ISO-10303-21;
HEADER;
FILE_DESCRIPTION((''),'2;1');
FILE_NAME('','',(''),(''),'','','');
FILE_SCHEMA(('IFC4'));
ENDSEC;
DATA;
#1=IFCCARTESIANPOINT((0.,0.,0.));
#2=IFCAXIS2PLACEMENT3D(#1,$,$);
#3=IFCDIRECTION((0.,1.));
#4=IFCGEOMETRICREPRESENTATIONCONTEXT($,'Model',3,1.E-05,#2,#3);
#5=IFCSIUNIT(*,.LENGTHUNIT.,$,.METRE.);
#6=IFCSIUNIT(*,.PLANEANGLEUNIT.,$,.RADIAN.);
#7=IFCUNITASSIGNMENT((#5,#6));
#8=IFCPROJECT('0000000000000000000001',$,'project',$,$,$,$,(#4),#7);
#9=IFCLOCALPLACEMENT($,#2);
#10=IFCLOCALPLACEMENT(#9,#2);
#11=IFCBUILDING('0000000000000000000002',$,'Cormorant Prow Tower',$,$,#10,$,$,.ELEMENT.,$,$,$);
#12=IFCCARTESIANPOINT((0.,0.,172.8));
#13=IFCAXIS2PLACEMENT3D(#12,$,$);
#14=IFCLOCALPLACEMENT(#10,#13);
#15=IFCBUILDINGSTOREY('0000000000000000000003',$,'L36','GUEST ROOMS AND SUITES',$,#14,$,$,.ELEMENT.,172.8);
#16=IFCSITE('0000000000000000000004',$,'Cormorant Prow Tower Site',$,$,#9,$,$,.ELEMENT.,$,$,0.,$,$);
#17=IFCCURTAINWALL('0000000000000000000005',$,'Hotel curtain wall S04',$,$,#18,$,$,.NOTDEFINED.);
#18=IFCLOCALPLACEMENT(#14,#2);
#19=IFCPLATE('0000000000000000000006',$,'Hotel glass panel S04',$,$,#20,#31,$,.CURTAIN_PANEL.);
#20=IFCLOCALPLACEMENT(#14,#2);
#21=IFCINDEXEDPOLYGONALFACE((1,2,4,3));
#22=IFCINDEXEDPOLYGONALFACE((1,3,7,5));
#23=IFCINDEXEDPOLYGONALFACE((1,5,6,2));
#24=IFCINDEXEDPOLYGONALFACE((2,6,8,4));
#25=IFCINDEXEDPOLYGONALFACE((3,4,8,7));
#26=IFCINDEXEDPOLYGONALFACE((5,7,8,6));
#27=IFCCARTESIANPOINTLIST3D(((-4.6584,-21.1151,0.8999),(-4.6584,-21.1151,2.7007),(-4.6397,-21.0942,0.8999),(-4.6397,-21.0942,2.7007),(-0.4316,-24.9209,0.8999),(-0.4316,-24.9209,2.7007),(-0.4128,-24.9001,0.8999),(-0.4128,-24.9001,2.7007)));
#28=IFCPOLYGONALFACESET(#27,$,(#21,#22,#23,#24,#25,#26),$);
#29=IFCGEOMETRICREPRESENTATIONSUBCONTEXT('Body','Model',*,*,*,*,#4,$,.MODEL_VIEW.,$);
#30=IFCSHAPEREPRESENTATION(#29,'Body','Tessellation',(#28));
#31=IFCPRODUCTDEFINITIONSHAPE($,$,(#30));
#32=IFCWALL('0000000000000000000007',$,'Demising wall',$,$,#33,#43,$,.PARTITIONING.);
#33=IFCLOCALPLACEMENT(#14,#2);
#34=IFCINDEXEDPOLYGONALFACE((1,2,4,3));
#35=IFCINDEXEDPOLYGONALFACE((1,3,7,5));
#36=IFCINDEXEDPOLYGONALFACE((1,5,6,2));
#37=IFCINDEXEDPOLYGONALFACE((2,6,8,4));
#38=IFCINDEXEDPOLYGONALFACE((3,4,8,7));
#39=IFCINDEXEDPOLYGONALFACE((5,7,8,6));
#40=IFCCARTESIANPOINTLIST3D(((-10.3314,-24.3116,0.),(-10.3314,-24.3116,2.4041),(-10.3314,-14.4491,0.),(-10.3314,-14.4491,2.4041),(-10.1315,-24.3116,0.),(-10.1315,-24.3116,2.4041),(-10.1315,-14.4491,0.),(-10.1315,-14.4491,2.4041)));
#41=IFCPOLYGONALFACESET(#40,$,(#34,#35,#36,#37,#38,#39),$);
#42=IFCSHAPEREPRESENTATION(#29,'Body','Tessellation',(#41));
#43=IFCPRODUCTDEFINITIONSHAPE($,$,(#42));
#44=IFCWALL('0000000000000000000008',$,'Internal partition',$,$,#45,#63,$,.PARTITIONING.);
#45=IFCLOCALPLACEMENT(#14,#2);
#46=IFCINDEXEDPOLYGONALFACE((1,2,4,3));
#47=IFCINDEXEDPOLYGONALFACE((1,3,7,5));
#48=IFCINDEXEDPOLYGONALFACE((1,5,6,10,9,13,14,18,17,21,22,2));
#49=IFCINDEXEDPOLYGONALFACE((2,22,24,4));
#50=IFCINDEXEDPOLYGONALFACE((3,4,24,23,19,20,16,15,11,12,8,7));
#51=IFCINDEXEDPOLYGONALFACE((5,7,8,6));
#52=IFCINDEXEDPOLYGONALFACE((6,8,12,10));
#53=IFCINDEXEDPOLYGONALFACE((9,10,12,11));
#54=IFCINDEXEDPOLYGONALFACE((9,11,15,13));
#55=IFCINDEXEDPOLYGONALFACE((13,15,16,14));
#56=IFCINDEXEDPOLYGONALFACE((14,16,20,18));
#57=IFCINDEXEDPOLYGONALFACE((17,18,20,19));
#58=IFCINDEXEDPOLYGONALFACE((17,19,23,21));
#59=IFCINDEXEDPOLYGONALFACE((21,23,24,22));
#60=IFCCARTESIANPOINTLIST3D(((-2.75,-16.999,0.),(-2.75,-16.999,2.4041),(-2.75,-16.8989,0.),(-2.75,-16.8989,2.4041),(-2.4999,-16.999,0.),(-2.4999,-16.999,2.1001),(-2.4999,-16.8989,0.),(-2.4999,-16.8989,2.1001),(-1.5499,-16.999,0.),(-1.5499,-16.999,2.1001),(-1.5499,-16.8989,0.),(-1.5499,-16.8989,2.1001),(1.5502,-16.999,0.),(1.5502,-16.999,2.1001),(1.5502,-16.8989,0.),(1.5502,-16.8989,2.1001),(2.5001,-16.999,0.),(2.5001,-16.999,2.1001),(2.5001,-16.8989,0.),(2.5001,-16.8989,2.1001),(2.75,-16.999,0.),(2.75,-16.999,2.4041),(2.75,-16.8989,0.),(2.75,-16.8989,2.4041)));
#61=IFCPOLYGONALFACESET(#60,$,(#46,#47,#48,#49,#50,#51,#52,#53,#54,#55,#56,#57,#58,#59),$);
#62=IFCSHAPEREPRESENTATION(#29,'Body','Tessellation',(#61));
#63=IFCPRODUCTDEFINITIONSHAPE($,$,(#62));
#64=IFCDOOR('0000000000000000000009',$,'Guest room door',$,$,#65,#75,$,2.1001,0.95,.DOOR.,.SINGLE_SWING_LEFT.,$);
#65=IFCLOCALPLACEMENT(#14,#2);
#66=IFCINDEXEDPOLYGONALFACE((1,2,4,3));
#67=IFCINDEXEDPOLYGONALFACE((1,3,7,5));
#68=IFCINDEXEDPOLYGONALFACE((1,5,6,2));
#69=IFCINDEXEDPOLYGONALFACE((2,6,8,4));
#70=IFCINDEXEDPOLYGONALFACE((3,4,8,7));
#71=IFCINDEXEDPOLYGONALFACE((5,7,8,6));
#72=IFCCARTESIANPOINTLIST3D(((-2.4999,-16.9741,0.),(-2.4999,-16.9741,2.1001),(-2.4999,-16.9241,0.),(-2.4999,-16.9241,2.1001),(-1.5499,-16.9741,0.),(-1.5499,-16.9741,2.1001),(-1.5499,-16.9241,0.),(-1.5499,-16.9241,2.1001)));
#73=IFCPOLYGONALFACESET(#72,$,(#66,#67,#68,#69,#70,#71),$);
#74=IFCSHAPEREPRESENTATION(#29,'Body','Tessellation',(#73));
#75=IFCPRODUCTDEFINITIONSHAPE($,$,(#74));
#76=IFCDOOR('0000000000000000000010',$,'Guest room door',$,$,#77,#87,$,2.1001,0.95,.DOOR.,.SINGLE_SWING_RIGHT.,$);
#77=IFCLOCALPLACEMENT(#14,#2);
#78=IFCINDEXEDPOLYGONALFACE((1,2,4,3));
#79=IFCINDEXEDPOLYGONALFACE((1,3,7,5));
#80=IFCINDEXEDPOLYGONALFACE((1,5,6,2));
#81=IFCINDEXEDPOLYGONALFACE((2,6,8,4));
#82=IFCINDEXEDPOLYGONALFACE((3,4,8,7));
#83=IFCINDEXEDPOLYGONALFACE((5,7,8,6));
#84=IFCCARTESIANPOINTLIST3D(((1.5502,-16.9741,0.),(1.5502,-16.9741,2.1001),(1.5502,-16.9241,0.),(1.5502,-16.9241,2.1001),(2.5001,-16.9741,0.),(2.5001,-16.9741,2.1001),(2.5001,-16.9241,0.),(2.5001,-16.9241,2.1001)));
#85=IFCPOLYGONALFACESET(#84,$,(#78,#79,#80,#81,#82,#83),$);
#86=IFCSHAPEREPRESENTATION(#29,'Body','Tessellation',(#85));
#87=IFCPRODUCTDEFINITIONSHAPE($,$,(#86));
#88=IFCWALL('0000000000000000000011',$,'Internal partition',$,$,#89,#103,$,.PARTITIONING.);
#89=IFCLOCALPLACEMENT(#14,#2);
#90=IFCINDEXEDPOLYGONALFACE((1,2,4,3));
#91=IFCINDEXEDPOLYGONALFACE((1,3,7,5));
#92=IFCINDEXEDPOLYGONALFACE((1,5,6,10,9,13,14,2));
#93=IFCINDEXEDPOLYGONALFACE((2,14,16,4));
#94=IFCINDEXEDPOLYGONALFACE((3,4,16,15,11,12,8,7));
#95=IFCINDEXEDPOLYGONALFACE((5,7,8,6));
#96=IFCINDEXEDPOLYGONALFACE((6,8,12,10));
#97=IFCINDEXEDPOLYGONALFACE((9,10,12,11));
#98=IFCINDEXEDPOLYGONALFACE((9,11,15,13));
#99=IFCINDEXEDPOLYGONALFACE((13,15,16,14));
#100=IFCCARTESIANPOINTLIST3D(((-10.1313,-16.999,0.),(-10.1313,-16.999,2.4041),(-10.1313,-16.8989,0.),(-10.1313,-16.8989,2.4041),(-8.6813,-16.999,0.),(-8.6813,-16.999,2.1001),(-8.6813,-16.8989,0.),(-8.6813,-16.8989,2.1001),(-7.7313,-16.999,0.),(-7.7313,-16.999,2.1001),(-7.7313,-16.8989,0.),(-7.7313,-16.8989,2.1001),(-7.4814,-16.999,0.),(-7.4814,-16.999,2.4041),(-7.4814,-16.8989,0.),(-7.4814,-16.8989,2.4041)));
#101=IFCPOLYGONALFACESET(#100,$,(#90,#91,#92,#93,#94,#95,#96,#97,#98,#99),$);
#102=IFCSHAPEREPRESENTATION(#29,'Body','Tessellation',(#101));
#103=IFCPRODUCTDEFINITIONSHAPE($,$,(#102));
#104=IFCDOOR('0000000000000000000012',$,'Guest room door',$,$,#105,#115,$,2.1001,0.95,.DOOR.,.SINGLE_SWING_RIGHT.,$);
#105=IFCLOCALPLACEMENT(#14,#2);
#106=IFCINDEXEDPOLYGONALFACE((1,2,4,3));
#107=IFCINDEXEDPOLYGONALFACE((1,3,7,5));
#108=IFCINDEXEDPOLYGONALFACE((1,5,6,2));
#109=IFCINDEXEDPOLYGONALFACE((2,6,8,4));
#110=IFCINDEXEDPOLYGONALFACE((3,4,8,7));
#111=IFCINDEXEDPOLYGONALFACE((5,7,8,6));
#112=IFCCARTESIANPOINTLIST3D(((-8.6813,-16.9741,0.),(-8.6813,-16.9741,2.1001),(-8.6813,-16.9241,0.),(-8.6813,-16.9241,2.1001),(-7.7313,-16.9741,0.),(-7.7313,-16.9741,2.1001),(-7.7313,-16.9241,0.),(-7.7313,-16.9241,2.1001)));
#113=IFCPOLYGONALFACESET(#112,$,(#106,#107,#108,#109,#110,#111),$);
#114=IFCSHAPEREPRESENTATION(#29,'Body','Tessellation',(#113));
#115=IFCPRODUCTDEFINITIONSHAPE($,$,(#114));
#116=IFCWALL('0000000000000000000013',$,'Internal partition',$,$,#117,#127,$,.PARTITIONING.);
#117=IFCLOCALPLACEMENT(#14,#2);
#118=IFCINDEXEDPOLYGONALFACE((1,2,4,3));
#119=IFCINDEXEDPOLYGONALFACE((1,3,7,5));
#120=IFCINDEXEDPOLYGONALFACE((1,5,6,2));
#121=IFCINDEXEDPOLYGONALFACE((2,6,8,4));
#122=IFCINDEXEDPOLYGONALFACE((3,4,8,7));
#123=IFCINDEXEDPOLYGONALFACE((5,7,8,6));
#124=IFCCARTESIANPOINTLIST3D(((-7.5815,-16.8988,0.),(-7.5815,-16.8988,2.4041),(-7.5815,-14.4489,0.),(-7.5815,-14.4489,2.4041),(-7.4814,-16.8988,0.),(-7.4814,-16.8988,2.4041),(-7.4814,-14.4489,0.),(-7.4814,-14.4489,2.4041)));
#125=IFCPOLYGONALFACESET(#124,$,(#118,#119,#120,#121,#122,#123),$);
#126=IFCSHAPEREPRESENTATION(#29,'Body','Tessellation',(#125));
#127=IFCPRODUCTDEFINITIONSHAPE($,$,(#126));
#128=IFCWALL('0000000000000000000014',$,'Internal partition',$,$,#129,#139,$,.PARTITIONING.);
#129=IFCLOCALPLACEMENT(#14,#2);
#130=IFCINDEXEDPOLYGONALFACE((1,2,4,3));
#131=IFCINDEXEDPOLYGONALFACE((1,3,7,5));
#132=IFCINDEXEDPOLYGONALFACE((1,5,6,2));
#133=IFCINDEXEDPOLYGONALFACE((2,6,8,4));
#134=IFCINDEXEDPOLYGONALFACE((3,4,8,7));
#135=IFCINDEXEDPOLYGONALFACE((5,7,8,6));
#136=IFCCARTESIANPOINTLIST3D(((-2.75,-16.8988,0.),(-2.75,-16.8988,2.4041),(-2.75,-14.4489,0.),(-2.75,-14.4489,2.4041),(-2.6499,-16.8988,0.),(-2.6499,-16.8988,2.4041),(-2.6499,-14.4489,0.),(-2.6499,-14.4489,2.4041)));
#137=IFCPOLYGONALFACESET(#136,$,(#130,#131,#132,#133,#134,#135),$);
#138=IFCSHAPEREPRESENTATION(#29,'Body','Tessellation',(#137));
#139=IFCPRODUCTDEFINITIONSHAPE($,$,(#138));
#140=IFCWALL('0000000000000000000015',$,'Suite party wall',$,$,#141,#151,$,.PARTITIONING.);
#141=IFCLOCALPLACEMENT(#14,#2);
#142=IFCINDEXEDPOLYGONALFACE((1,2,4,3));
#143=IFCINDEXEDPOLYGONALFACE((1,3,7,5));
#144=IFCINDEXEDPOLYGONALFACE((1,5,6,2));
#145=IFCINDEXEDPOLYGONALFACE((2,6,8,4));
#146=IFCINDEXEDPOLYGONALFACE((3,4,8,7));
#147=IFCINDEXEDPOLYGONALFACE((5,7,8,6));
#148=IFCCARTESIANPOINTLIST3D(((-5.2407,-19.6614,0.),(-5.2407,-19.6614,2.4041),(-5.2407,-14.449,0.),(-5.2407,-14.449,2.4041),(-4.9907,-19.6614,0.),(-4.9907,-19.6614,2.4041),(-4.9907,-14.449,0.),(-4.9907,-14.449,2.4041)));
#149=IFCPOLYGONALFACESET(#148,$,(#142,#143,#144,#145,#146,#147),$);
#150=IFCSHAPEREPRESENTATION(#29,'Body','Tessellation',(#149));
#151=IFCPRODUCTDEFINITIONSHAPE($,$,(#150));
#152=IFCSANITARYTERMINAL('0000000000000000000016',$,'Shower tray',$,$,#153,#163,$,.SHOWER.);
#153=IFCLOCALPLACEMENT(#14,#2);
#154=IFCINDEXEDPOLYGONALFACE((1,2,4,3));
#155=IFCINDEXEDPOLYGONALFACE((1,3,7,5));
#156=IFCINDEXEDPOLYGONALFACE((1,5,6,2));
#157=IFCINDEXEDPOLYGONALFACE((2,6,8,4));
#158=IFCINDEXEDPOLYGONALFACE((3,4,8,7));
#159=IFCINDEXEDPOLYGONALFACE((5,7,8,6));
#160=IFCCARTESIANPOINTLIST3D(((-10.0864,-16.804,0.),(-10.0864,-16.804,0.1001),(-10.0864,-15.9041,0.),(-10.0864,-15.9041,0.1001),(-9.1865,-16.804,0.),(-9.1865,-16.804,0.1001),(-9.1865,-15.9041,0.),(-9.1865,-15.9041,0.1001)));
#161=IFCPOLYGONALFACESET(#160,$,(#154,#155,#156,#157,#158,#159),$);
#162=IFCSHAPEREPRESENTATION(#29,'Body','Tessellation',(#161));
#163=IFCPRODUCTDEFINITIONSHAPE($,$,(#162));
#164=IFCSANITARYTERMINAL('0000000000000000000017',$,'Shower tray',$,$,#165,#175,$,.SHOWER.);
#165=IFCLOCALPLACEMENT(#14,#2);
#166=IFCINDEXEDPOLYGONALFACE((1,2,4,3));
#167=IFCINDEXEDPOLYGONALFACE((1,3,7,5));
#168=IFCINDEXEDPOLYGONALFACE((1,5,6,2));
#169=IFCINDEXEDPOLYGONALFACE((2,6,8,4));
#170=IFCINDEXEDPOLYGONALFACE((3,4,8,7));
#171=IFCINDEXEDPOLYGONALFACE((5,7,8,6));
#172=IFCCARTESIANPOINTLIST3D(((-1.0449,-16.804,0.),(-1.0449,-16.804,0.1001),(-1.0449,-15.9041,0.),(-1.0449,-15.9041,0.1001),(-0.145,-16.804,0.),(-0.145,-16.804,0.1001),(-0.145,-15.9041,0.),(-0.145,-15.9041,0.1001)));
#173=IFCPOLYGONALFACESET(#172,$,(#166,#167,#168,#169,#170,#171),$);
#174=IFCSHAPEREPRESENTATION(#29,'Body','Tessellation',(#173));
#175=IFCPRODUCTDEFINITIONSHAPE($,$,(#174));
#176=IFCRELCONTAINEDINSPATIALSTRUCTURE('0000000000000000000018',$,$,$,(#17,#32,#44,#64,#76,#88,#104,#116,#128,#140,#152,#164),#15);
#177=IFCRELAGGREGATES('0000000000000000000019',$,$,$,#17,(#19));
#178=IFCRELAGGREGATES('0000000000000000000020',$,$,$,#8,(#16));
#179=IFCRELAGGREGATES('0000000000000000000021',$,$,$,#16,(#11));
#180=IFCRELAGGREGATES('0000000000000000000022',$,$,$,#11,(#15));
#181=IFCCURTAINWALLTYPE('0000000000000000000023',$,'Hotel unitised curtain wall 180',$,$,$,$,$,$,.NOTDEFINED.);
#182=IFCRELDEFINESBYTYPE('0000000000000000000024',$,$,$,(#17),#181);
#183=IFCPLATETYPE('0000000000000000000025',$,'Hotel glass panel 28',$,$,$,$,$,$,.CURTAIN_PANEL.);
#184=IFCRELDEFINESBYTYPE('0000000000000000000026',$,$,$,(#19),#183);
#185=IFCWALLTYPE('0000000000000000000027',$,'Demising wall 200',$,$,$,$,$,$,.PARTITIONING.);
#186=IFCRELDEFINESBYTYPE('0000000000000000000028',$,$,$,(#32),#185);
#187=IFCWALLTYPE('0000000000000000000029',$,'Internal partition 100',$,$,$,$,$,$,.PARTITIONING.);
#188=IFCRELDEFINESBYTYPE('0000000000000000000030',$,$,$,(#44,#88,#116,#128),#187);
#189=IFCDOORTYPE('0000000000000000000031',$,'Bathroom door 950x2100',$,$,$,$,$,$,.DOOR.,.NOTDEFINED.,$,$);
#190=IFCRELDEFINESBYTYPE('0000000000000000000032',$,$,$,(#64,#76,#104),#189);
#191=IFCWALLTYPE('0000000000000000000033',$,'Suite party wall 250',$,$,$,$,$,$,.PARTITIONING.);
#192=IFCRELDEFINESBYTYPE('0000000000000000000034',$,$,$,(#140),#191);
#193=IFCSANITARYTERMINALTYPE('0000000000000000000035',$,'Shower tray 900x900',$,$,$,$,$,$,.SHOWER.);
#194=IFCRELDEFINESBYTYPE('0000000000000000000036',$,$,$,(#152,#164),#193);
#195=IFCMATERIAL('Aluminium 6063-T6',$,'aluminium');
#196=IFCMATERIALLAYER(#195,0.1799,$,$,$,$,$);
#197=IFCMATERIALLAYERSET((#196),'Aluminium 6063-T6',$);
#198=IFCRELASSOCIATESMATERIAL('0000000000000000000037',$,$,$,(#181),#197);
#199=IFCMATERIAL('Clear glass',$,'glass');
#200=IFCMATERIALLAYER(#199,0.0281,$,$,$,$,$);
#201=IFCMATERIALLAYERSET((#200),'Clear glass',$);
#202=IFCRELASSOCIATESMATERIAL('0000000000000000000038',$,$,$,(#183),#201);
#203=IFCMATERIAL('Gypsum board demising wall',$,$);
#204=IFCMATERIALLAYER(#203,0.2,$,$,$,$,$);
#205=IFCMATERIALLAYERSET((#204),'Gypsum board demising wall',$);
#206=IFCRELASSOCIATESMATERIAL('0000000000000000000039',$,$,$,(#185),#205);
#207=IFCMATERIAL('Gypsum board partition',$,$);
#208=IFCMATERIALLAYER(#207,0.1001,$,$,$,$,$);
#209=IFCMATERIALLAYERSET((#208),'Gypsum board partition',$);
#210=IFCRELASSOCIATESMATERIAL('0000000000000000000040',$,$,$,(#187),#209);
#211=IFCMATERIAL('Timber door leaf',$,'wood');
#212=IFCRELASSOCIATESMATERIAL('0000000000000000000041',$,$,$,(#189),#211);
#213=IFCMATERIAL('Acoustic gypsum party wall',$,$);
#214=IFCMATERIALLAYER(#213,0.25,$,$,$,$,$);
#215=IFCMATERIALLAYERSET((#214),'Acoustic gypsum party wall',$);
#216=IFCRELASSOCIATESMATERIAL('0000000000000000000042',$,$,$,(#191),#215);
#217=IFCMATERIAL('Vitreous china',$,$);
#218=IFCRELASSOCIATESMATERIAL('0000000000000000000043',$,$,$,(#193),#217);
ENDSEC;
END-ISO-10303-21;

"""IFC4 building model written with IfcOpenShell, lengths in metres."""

from ifc_helpers import new_model, si_unit, direction, frame, frame_2d, origin, origin_2d, place, context, subcontext, project, spatial, rectangle, extrude, material, layer, layer_set, type_object, element, fill, aggregate, save


model = new_model("IFC4")

# Units and contexts
model_context = context("Model", 3, precision=1e-05, world=origin(), true_north=direction((0.0, 1.0)))
body_context = subcontext(model_context, "Body", "Model", "MODEL_VIEW")
ifc_project = project(units=[si_unit("LENGTHUNIT", "METRE"), si_unit("PLANEANGLEUNIT", "RADIAN")], contexts=[model_context])

# Site, building, storey
site_placement = place(None, origin())
site = spatial("IfcSite", under=ifc_project, at=site_placement, Name="Cormorant Prow Tower Site", CompositionType="ELEMENT", RefElevation=0.0)
building_placement = place(site_placement, origin())
building = spatial("IfcBuilding", under=site, at=building_placement, Name="Cormorant Prow Tower", CompositionType="ELEMENT")
storey_placement = place(building_placement, frame((0.0, 0.0, 172.8)))
storey = spatial("IfcBuildingStorey", under=building, at=storey_placement, Name="L36", Description="GUEST ROOMS AND SUITES", CompositionType="ELEMENT", Elevation=172.8)

# Curtain wall
ifc_material_1 = material(Name="Aluminium 6063-T6", Category="aluminium")
ifc_layer_1 = layer(ifc_material_1, 0.1799)
ifc_layer_set_1 = layer_set([ifc_layer_1], Name="Aluminium 6063-T6")
curtain_wall_type = type_object("IfcCurtainWallType", Name="Hotel unitised curtain wall 180", PredefinedType="NOTDEFINED", material=ifc_layer_set_1)
curtain_wall_1_placement = place(storey_placement, origin())
curtain_wall_1 = element("IfcCurtainWall", 1, at=curtain_wall_1_placement, inside=storey, type_object=curtain_wall_type, Name="Hotel curtain wall S04", PredefinedType="NOTDEFINED")

# Plate
ifc_material_2 = material(Name="Clear glass", Category="glass")
ifc_layer_2 = layer(ifc_material_2, 0.0281)
ifc_layer_set_2 = layer_set([ifc_layer_2], Name="Clear glass")
plate_type = type_object("IfcPlateType", Name="Hotel glass panel 28", PredefinedType="CURTAIN_PANEL", material=ifc_layer_set_2)
plate_1_placement = place(storey_placement, frame((-2.5356, -23.0076, 0.8999), z_axis=(0.0, 0.0, 1.0), x_axis=(0.743145, -0.669131, 0.0)))
plate_1 = element("IfcPlate", 2, at=plate_1_placement, type_object=plate_type, Name="Hotel glass panel S04", PredefinedType="CURTAIN_PANEL", context=body_context, shape_type="SweptSolid", body=[
    extrude(rectangle(XDim=5.6877, YDim=0.0281, at=origin_2d()), origin(), (0.0, 0.0, 1.0), 1.8008),
])
aggregate(curtain_wall_1, [plate_1])

# Wall
ifc_material_3 = material(Name="Gypsum board demising wall")
ifc_layer_3 = layer(ifc_material_3, 0.2)
ifc_layer_set_3 = layer_set([ifc_layer_3], Name="Gypsum board demising wall")
wall_type_1 = type_object("IfcWallType", Name="Demising wall 200", PredefinedType="PARTITIONING", material=ifc_layer_set_3)
wall_1_placement = place(storey_placement, frame((-10.2314, -24.3115, 0.0), z_axis=(0.0, 0.0, 1.0), x_axis=(0.0, 1.0, 0.0)))
element("IfcWall", 3, at=wall_1_placement, inside=storey, type_object=wall_type_1, Name="Demising wall", PredefinedType="PARTITIONING", context=body_context, shape_type="SweptSolid", body=[
    extrude(rectangle(XDim=9.8625, YDim=0.2, at=frame_2d((4.9312, 0.0))), origin(), (0.0, 0.0, 1.0), 2.4041),
])

# Wall, openings, doors
ifc_material_4 = material(Name="Gypsum board partition")
ifc_layer_4 = layer(ifc_material_4, 0.1001)
ifc_layer_set_4 = layer_set([ifc_layer_4], Name="Gypsum board partition")
wall_type_2 = type_object("IfcWallType", Name="Internal partition 100", PredefinedType="PARTITIONING", material=ifc_layer_set_4)
wall_2_placement = place(storey_placement, frame((-2.75, -16.949, 0.0), z_axis=(0.0, 0.0, 1.0), x_axis=(1.0, 0.0, 0.0)))
wall_2 = element("IfcWall", 4, at=wall_2_placement, inside=storey, type_object=wall_type_2, Name="Internal partition", PredefinedType="PARTITIONING", context=body_context, shape_type="SweptSolid", body=[
    extrude(rectangle(XDim=5.5, YDim=0.1001, at=frame_2d((2.75, 0.0))), origin(), (0.0, 0.0, 1.0), 2.4041),
])
opening_1_placement = place(wall_2_placement, frame((0.25, 0.0, 0.0)))
opening_1 = element("IfcOpeningElement", 5, at=opening_1_placement, cuts=wall_2, PredefinedType="OPENING", context=body_context, shape_type="SweptSolid", body=[
    extrude(rectangle(XDim=0.95, YDim=2.1001, at=frame_2d((0.4751, 1.05))), frame((0.0, 0.0601, 0.0), z_axis=(0.0, -1.0, 0.0), x_axis=(1.0, 0.0, 0.0)), (0.0, 0.0, 1.0), 0.1201),
])
opening_2_placement = place(wall_2_placement, frame((4.3, 0.0, 0.0)))
opening_2 = element("IfcOpeningElement", 6, at=opening_2_placement, cuts=wall_2, PredefinedType="OPENING", context=body_context, shape_type="SweptSolid", body=[
    extrude(rectangle(XDim=0.95, YDim=2.1001, at=frame_2d((0.4751, 1.05))), frame((0.0, 0.0601, 0.0), z_axis=(0.0, -1.0, 0.0), x_axis=(1.0, 0.0, 0.0)), (0.0, 0.0, 1.0), 0.1201),
])
ifc_material_5 = material(Name="Timber door leaf", Category="wood")
door_type_1 = type_object("IfcDoorType", Name="Bathroom door 950x2100", OperationType="NOTDEFINED", PredefinedType="DOOR", material=ifc_material_5)
door_1_placement = place(opening_1_placement, origin())
door_1 = element("IfcDoor", 7, at=door_1_placement, inside=storey, type_object=door_type_1, Name="Guest room door", OperationType="SINGLE_SWING_LEFT", OverallHeight=2.1001, OverallWidth=0.95, PredefinedType="DOOR", context=body_context, shape_type="SweptSolid", body=[
    extrude(rectangle(XDim=0.95, YDim=2.1001, at=frame_2d((0.4751, 1.05))), frame((0.0, 0.0249, 0.0), z_axis=(0.0, -1.0, 0.0), x_axis=(1.0, 0.0, 0.0)), (0.0, 0.0, 1.0), 0.05),
])
fill(opening_1, door_1)
door_2_placement = place(opening_2_placement, origin())
door_2 = element("IfcDoor", 8, at=door_2_placement, inside=storey, type_object=door_type_1, Name="Guest room door", OperationType="SINGLE_SWING_RIGHT", OverallHeight=2.1001, OverallWidth=0.95, PredefinedType="DOOR", context=body_context, shape_type="SweptSolid", body=[
    extrude(rectangle(XDim=0.95, YDim=2.1001, at=frame_2d((0.4751, 1.05))), frame((0.0, 0.0249, 0.0), z_axis=(0.0, -1.0, 0.0), x_axis=(1.0, 0.0, 0.0)), (0.0, 0.0, 1.0), 0.05),
])
fill(opening_2, door_2)

# Wall, opening, door
wall_3_placement = place(storey_placement, frame((-10.1313, -16.949, 0.0), z_axis=(0.0, 0.0, 1.0), x_axis=(1.0, 0.0, 0.0)))
wall_3 = element("IfcWall", 9, at=wall_3_placement, inside=storey, type_object=wall_type_2, Name="Internal partition", PredefinedType="PARTITIONING", context=body_context, shape_type="SweptSolid", body=[
    extrude(rectangle(XDim=2.6499, YDim=0.1001, at=frame_2d((1.325, 0.0))), origin(), (0.0, 0.0, 1.0), 2.4041),
])
opening_3_placement = place(wall_3_placement, frame((1.45, 0.0, 0.0)))
opening_3 = element("IfcOpeningElement", 10, at=opening_3_placement, cuts=wall_3, PredefinedType="OPENING", context=body_context, shape_type="SweptSolid", body=[
    extrude(rectangle(XDim=0.95, YDim=2.1001, at=frame_2d((0.4751, 1.05))), frame((0.0, 0.0601, 0.0), z_axis=(0.0, -1.0, 0.0), x_axis=(1.0, 0.0, 0.0)), (0.0, 0.0, 1.0), 0.1201),
])
door_3_placement = place(opening_3_placement, origin())
door_3 = element("IfcDoor", 11, at=door_3_placement, inside=storey, type_object=door_type_1, Name="Guest room door", OperationType="SINGLE_SWING_RIGHT", OverallHeight=2.1001, OverallWidth=0.95, PredefinedType="DOOR", context=body_context, shape_type="SweptSolid", body=[
    extrude(rectangle(XDim=0.95, YDim=2.1001, at=frame_2d((0.4751, 1.05))), frame((0.0, 0.0249, 0.0), z_axis=(0.0, -1.0, 0.0), x_axis=(1.0, 0.0, 0.0)), (0.0, 0.0, 1.0), 0.05),
])
fill(opening_3, door_3)

# Walls
for number, where, z_axis, x_axis, name in (
    (12, (-7.5315, -16.8989, 0.0), (0.0, 0.0, 1.0), (0.0, 1.0, 0.0), "Internal partition"),
    (13, (-2.7, -16.8989, 0.0), (0.0, 0.0, 1.0), (0.0, 1.0, 0.0), "Internal partition"),
):
    element("IfcWall", number, at=place(storey_placement, frame(where, z_axis=z_axis, x_axis=x_axis)), inside=storey, type_object=wall_type_2, Name=name, PredefinedType="PARTITIONING", context=body_context, shape_type="SweptSolid", body=[
        extrude(rectangle(XDim=2.45, YDim=0.1001, at=frame_2d((1.2251, 0.0))), origin(), (0.0, 0.0, 1.0), 2.4041),
    ])
ifc_material_6 = material(Name="Acoustic gypsum party wall")
ifc_layer_5 = layer(ifc_material_6, 0.25)
ifc_layer_set_5 = layer_set([ifc_layer_5], Name="Acoustic gypsum party wall")
wall_type_3 = type_object("IfcWallType", Name="Suite party wall 250", PredefinedType="PARTITIONING", material=ifc_layer_set_5)
wall_4_placement = place(storey_placement, frame((-5.1157, -19.6614, 0.0), z_axis=(0.0, 0.0, 1.0), x_axis=(0.0, 1.0, 0.0)))
element("IfcWall", 14, at=wall_4_placement, inside=storey, type_object=wall_type_3, Name="Suite party wall", PredefinedType="PARTITIONING", context=body_context, shape_type="SweptSolid", body=[
    extrude(rectangle(XDim=5.2124, YDim=0.25, at=frame_2d((2.6062, 0.0))), origin(), (0.0, 0.0, 1.0), 2.4041),
])

# Sanitary terminals
ifc_material_7 = material(Name="Vitreous china")
sanitary_terminal_type_1 = type_object("IfcSanitaryTerminalType", Name="Shower tray 900x900", PredefinedType="SHOWER", material=ifc_material_7)
for number, where, z_axis, x_axis, name in (
    (15, (-9.6365, -16.354, 0.0), (0.0, 0.0, 1.0), (0.0, 1.0, 0.0), "Shower tray"),
    (16, (-0.595, -16.354, 0.0), (0.0, 0.0, 1.0), (-1.0, 0.0, 0.0), "Shower tray"),
):
    element("IfcSanitaryTerminal", number, at=place(storey_placement, frame(where, z_axis=z_axis, x_axis=x_axis)), inside=storey, type_object=sanitary_terminal_type_1, Name=name, PredefinedType="SHOWER", context=body_context, shape_type="SweptSolid", body=[
        extrude(rectangle(XDim=0.8999, YDim=0.8999, at=origin_2d()), origin(), (0.0, 0.0, 1.0), 0.1001),
    ])

save(model, "model.ifc")
